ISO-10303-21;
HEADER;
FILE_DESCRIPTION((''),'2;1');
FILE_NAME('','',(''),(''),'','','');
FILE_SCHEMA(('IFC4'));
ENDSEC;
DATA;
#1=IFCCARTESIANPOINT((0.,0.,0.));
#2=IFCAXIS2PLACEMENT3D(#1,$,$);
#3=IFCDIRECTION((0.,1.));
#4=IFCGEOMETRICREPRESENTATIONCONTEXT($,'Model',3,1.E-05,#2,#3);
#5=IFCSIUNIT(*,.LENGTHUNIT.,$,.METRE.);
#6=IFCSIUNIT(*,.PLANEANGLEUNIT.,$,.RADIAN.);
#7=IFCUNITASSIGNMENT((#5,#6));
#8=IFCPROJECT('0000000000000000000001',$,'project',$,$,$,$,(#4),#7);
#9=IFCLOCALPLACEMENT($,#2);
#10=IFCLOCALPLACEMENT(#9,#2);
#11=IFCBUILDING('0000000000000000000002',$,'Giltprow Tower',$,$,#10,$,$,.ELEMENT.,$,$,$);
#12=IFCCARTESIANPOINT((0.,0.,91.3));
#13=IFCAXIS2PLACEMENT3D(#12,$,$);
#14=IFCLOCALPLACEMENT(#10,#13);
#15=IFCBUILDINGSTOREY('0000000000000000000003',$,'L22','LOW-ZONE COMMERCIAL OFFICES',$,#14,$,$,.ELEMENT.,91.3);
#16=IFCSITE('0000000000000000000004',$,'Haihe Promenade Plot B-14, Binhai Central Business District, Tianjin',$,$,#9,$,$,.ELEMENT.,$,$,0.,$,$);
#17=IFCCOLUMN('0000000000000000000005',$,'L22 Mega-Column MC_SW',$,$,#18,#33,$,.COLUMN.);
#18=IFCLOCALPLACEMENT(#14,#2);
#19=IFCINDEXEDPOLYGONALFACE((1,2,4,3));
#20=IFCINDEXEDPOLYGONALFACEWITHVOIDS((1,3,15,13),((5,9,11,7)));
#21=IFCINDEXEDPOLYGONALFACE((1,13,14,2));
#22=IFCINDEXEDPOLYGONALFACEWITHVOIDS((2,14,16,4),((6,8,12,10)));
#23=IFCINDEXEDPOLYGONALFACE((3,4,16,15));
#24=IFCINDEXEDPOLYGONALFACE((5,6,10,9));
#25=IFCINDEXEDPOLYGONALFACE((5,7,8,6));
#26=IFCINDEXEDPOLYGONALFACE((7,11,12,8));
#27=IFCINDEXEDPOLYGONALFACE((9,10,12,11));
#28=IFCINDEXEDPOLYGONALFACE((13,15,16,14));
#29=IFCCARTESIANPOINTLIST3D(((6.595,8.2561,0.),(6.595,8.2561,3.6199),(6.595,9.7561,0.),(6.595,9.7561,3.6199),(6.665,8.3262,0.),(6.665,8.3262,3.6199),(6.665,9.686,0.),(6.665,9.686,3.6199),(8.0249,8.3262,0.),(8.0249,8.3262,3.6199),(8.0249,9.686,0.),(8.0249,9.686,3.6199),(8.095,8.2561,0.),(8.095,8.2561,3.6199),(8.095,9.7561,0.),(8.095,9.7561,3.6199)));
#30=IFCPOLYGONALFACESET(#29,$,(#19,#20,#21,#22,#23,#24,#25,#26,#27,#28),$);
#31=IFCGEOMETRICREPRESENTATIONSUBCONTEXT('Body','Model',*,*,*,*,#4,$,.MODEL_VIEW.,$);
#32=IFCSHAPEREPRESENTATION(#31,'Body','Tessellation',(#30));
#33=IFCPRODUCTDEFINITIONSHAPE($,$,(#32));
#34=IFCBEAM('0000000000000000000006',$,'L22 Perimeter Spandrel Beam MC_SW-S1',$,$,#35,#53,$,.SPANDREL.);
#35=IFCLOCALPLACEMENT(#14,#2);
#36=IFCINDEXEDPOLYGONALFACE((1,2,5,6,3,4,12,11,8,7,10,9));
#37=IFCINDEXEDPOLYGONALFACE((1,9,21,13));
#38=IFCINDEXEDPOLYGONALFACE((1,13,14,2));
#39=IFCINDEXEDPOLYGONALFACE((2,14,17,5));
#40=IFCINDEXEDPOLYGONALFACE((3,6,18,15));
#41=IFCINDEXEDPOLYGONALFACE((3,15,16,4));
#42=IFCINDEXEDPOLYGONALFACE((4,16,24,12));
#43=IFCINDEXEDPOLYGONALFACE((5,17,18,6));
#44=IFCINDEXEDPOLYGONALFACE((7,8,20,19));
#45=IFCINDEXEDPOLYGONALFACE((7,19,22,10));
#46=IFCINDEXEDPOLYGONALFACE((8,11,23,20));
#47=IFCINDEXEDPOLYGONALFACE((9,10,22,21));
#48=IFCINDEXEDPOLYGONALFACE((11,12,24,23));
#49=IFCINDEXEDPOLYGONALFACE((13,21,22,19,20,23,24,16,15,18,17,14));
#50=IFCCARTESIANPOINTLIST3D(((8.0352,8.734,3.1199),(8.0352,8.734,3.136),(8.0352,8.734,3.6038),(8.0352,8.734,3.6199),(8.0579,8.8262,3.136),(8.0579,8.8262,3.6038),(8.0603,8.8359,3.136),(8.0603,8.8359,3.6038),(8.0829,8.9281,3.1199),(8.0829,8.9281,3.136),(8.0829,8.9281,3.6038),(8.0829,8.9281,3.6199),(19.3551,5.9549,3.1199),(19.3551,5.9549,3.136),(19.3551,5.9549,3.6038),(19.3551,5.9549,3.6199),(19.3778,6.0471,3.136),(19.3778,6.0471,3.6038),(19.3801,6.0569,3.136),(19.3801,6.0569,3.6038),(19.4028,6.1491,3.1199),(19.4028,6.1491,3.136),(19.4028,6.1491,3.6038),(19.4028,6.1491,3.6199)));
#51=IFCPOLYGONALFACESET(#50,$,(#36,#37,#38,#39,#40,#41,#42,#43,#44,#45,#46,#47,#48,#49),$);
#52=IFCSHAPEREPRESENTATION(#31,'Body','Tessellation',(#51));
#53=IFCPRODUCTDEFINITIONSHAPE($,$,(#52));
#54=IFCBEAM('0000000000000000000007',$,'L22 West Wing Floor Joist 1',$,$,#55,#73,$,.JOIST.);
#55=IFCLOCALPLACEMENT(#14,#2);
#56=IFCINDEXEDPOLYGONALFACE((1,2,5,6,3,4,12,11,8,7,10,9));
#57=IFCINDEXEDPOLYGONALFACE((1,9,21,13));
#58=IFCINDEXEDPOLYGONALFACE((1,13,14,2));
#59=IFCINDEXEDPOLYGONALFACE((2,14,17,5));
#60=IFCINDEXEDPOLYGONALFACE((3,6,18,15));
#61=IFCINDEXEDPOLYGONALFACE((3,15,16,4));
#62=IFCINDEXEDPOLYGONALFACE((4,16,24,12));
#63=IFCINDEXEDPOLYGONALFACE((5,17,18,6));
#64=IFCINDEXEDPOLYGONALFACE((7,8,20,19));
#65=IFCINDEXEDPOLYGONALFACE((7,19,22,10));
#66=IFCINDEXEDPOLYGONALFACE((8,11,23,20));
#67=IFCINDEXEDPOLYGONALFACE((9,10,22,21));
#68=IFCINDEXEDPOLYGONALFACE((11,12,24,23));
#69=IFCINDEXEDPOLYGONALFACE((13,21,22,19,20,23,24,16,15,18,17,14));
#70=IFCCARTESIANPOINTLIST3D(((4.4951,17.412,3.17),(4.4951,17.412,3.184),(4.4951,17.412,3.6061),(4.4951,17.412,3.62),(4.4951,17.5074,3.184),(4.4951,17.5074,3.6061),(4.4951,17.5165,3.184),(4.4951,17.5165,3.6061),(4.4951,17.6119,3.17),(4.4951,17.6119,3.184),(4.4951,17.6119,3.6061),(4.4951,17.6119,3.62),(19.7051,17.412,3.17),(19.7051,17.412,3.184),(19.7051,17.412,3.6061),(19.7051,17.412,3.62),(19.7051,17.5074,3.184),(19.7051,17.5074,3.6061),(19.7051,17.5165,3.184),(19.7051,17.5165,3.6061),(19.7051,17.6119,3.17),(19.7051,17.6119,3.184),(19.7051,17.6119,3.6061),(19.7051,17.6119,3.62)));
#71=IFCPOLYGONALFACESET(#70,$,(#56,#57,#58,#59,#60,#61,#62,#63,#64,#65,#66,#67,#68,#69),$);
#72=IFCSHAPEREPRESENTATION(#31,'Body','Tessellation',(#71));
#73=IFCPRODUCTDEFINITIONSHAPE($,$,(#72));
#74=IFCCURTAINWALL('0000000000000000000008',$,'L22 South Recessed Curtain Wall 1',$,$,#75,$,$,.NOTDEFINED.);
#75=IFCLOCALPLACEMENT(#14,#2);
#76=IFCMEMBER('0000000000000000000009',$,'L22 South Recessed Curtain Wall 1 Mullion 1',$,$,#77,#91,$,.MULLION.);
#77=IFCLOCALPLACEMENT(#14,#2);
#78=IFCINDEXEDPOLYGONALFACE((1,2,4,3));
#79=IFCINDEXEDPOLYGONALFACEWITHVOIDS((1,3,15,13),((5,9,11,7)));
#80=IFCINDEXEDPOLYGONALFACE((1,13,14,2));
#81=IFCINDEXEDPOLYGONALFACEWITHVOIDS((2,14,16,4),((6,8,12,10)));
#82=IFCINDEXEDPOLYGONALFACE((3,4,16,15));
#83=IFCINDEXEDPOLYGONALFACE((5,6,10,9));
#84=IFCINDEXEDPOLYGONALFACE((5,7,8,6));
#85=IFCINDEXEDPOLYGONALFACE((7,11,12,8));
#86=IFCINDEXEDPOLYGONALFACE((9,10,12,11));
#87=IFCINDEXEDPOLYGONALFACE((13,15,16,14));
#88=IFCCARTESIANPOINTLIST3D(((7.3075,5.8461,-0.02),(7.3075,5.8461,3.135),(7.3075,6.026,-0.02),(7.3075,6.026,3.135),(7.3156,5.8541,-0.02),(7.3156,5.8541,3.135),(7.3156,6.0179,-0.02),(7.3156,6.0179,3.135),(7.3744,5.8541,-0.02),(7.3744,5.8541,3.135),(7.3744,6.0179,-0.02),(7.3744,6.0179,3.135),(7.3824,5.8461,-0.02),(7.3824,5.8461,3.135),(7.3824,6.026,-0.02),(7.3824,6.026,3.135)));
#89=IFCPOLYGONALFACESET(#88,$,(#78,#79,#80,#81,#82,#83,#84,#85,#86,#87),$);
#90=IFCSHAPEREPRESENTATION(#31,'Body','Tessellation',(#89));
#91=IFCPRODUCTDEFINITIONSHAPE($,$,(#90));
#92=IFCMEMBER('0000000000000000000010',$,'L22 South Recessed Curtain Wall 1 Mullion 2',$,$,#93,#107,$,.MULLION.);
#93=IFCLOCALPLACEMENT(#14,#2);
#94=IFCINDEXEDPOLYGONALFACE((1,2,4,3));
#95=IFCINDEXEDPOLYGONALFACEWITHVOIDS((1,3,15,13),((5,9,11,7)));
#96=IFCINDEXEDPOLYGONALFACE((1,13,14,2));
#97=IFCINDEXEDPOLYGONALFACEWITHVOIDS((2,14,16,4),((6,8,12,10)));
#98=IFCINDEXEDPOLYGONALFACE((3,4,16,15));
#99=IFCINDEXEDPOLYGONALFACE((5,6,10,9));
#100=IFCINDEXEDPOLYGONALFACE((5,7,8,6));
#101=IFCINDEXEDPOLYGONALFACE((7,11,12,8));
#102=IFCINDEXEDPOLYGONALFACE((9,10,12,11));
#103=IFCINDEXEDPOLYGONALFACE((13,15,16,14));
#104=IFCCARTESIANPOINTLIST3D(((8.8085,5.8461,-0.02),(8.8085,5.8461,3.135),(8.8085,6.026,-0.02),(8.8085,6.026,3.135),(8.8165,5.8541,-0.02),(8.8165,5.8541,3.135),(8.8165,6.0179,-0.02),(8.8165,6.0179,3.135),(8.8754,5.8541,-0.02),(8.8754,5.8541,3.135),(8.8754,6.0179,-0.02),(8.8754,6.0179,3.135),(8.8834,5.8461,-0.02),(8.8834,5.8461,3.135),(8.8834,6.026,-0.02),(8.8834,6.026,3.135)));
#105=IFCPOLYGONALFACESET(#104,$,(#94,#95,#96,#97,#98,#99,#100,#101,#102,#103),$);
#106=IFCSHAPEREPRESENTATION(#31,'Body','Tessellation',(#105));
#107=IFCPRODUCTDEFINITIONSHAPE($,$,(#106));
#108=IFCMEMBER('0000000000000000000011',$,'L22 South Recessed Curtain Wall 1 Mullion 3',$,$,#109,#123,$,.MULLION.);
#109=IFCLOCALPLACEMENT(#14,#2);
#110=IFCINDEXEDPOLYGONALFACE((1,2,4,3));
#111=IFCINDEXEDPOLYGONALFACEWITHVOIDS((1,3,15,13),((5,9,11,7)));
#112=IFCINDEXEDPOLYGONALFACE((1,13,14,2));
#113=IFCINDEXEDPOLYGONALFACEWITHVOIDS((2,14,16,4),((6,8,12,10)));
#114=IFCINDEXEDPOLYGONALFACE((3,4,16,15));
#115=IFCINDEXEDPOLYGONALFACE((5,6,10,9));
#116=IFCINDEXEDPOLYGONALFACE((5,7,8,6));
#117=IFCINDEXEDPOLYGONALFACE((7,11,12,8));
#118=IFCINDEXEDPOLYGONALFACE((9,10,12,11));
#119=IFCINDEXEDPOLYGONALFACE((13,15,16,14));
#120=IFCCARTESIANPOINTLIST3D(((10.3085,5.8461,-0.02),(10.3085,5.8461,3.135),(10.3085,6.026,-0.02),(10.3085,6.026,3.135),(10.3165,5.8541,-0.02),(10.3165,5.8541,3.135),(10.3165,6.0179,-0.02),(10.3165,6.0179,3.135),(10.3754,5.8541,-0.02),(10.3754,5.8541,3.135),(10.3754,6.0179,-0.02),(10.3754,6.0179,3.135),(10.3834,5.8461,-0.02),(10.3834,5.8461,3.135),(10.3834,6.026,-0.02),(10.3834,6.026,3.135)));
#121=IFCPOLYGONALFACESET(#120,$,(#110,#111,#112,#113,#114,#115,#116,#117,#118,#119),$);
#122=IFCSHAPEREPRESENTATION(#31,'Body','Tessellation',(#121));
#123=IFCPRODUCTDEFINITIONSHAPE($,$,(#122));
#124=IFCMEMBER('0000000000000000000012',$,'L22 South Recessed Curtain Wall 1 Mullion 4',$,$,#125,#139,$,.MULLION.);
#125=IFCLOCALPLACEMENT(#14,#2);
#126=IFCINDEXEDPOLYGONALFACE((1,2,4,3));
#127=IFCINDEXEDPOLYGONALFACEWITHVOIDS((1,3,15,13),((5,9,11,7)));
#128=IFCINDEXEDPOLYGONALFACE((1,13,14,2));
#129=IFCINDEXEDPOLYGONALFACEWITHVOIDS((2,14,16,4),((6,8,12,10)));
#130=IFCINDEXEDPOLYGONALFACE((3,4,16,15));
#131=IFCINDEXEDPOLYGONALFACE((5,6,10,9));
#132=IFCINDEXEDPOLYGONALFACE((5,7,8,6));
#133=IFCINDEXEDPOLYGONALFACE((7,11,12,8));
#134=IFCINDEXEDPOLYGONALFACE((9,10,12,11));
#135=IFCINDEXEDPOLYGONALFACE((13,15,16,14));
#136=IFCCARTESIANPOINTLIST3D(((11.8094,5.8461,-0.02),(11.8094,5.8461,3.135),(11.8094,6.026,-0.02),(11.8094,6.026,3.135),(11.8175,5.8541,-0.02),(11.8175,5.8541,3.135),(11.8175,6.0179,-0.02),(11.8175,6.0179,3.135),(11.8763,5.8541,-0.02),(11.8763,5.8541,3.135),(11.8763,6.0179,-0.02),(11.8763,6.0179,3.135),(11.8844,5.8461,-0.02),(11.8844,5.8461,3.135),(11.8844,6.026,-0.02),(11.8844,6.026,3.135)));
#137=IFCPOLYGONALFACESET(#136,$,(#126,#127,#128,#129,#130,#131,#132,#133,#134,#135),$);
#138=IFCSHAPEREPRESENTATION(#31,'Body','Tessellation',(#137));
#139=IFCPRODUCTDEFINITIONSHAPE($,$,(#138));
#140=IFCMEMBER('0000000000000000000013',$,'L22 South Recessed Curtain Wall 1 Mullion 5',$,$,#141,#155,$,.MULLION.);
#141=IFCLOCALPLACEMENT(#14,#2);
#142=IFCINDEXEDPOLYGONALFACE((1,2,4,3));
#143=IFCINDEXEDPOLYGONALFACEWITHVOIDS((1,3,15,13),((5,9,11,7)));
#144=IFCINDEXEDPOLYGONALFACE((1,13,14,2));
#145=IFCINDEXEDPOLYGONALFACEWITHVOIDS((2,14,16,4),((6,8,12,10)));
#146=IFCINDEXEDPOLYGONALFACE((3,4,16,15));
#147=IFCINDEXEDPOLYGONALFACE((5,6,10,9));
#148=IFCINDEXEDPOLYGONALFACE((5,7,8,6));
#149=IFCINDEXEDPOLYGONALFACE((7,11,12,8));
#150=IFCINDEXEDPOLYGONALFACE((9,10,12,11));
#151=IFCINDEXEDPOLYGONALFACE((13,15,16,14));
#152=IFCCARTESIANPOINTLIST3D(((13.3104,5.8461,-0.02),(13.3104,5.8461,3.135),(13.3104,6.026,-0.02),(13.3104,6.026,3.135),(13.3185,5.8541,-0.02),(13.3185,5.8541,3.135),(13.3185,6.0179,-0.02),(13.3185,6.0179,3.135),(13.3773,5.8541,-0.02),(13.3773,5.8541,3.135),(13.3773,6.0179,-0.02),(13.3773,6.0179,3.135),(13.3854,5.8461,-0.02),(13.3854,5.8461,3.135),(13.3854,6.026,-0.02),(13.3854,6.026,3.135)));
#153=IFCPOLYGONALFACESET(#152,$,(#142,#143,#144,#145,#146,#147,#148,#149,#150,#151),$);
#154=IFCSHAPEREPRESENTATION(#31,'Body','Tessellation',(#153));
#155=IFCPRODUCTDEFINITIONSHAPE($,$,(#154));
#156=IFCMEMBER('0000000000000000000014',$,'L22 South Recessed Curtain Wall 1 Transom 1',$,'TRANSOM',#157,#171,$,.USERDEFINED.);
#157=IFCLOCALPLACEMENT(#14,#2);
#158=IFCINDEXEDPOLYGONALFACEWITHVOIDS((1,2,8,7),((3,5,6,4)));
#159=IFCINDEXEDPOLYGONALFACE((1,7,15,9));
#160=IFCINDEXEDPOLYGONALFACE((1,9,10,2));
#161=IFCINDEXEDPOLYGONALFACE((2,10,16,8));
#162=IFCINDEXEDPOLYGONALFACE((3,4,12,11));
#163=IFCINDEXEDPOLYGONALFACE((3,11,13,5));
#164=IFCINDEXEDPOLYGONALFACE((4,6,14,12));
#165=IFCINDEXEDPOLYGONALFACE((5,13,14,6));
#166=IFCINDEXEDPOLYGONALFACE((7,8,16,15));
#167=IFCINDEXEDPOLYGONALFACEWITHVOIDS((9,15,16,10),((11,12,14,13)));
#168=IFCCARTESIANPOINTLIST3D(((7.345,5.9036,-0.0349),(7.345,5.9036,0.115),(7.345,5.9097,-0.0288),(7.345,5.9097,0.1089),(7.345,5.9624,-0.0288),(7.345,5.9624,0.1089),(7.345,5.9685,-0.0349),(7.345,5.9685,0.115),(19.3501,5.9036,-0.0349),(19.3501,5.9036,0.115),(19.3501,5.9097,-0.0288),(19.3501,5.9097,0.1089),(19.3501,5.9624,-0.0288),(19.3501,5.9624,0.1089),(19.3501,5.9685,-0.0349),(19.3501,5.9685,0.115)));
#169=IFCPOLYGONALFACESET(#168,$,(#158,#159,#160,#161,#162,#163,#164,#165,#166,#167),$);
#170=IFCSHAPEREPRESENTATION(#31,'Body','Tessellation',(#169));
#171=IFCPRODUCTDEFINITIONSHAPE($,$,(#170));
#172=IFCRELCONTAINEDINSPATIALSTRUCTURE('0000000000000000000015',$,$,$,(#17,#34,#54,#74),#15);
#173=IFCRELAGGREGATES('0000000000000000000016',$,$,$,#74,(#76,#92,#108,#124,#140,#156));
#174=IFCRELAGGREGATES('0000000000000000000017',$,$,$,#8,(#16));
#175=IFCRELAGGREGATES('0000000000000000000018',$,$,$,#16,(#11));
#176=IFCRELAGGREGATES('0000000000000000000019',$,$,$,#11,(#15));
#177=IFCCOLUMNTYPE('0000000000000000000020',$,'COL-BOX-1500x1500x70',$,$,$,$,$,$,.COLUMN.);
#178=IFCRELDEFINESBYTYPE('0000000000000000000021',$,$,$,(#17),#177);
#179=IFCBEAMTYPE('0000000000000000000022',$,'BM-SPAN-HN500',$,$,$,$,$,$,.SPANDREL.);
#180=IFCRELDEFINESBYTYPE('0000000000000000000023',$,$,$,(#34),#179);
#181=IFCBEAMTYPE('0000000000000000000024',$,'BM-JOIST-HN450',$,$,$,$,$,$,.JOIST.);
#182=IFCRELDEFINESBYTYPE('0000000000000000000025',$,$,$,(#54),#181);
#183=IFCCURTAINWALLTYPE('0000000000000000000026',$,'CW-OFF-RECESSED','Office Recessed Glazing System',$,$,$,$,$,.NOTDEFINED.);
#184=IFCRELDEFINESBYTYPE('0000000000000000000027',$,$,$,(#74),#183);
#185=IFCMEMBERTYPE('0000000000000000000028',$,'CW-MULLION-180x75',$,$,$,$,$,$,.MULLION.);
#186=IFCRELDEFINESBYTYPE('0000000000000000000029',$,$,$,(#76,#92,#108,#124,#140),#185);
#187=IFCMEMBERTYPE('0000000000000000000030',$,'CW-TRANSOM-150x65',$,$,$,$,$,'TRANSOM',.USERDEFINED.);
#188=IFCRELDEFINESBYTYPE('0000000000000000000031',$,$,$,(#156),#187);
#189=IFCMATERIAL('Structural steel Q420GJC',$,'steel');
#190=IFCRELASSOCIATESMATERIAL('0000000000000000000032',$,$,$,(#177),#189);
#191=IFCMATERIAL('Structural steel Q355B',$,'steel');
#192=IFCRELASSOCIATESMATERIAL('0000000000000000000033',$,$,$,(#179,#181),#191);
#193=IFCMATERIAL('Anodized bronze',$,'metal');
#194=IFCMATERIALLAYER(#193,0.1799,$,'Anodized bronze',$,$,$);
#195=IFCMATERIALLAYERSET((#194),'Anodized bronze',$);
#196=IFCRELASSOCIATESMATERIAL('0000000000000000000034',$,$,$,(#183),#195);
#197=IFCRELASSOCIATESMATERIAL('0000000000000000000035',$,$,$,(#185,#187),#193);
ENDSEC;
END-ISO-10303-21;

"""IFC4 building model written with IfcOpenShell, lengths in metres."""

from ifc_helpers import new_model, si_unit, direction, frame, origin, origin_2d, place, context, subcontext, project, spatial, hollow_rectangle, i_section, extrude, source, transform, mapped, material, layer, layer_set, material_profile, profile_set, type_object, element, aggregate, save


model = new_model("IFC4")

# Units and contexts
model_context = context("Model", 3, precision=1e-05, world=origin(), true_north=direction((0.0, 1.0)))
body_context = subcontext(model_context, "Body", "Model", "MODEL_VIEW")
ifc_project = project(units=[si_unit("LENGTHUNIT", "METRE"), si_unit("PLANEANGLEUNIT", "RADIAN")], contexts=[model_context])

# Site, building, storey
site_placement = place(None, origin())
site = spatial("IfcSite", under=ifc_project, at=site_placement, Name="Haihe Promenade Plot B-14, Binhai Central Business District, Tianjin", CompositionType="ELEMENT", RefElevation=0.0)
building_placement = place(site_placement, origin())
building = spatial("IfcBuilding", under=site, at=building_placement, Name="Giltprow Tower", CompositionType="ELEMENT")
storey_placement = place(building_placement, frame((0.0, 0.0, 91.3)))
storey = spatial("IfcBuildingStorey", under=building, at=storey_placement, Name="L22", Description="LOW-ZONE COMMERCIAL OFFICES", CompositionType="ELEMENT", Elevation=91.3)

# Column
ifc_material_1 = material(Name="Structural steel Q420GJC", Category="steel")
ifc_material_profile_1 = material_profile(ifc_material_1, hollow_rectangle(XDim=1.5, YDim=1.5, WallThickness=0.0701, at=origin_2d()), Name="BOX 1500x1500x70")
ifc_profile_set_1 = profile_set([ifc_material_profile_1], Name="Structural steel Q420GJC")
column_type = type_object("IfcColumnType", Name="COL-BOX-1500x1500x70", PredefinedType="COLUMN", material=ifc_profile_set_1)
shared_shape_1 = source(origin(), body_context, "Body", "SweptSolid", [
    extrude(hollow_rectangle(XDim=1.5, YDim=1.5, WallThickness=0.0701, at=origin_2d()), origin(), (0.0, 0.0, 1.0), 3.6199),
])
column_placement = place(storey_placement, frame((7.345, 9.0061, 0.0), z_axis=(0.0, 0.0, 1.0), x_axis=(1.0, 0.0, 0.0)))
element("IfcColumn", 1, at=column_placement, inside=storey, type_object=column_type, Name="L22 Mega-Column MC_SW", PredefinedType="COLUMN", context=body_context, shape_type="MappedRepresentation", body=[
    mapped(shared_shape_1, transform((0.0, 0.0, 0.0), x_axis=(1.0, 0.0, 0.0), y_axis=(0.0, 1.0, 0.0), z_axis=(0.0, 0.0, 1.0), scale=1.0)),
])

# Beams
ifc_material_2 = material(Name="Structural steel Q355B", Category="steel")
ifc_material_profile_2 = material_profile(ifc_material_2, i_section(OverallWidth=0.2, OverallDepth=0.5, WebThickness=0.01, FlangeThickness=0.0161, at=origin_2d()), Name="HN 500x200x10x16")
ifc_profile_set_2 = profile_set([ifc_material_profile_2], Name="Structural steel Q355B")
beam_type_1 = type_object("IfcBeamType", Name="BM-SPAN-HN500", PredefinedType="SPANDREL", material=ifc_profile_set_2)
shared_shape_2 = source(origin(), body_context, "Body", "SweptSolid", [
    extrude(i_section(OverallWidth=0.2, OverallDepth=0.5, WebThickness=0.01, FlangeThickness=0.0161, at=origin_2d()), origin(), (0.0, 0.0, 1.0), 11.656),
])
beam_1_placement = place(storey_placement, frame((8.0591, 8.8311, 3.3699), z_axis=(0.971161, -0.238423, 0.0), x_axis=(0.238423, 0.971161, 0.0)))
element("IfcBeam", 2, at=beam_1_placement, inside=storey, type_object=beam_type_1, Name="L22 Perimeter Spandrel Beam MC_SW-S1", PredefinedType="SPANDREL", context=body_context, shape_type="MappedRepresentation", body=[
    mapped(shared_shape_2, transform((0.0, 0.0, 0.0), x_axis=(1.0, 0.0, 0.0), y_axis=(0.0, 1.0, 0.0), z_axis=(0.0, 0.0, 1.0), scale=1.0)),
])
ifc_material_profile_3 = material_profile(ifc_material_2, i_section(OverallWidth=0.2, OverallDepth=0.45, WebThickness=0.009, FlangeThickness=0.0139, at=origin_2d()), Name="HN 450x200x9x14")
ifc_profile_set_3 = profile_set([ifc_material_profile_3], Name="Structural steel Q355B")
beam_type_2 = type_object("IfcBeamType", Name="BM-JOIST-HN450", PredefinedType="JOIST", material=ifc_profile_set_3)
shared_shape_3 = source(origin(), body_context, "Body", "SweptSolid", [
    extrude(i_section(OverallWidth=0.2, OverallDepth=0.45, WebThickness=0.009, FlangeThickness=0.0139, at=origin_2d()), origin(), (0.0, 0.0, 1.0), 15.21),
])
beam_2_placement = place(storey_placement, frame((4.4951, 17.512, 3.395), z_axis=(1.0, 0.0, 0.0), x_axis=(0.0, 1.0, 0.0)))
element("IfcBeam", 3, at=beam_2_placement, inside=storey, type_object=beam_type_2, Name="L22 West Wing Floor Joist 1", PredefinedType="JOIST", context=body_context, shape_type="MappedRepresentation", body=[
    mapped(shared_shape_3, transform((0.0, 0.0, 0.0), x_axis=(1.0, 0.0, 0.0), y_axis=(0.0, 1.0, 0.0), z_axis=(0.0, 0.0, 1.0), scale=1.0)),
])

# Curtain wall, members
ifc_material_3 = material(Name="Anodized bronze", Category="metal")
ifc_layer_1 = layer(ifc_material_3, 0.1799, Name="Anodized bronze")
ifc_layer_set_1 = layer_set([ifc_layer_1], Name="Anodized bronze")
curtain_wall_type = type_object("IfcCurtainWallType", Name="CW-OFF-RECESSED", Description="Office Recessed Glazing System", PredefinedType="NOTDEFINED", material=ifc_layer_set_1)
curtain_wall_placement = place(storey_placement, origin())
curtain_wall = element("IfcCurtainWall", 4, at=curtain_wall_placement, inside=storey, type_object=curtain_wall_type, Name="L22 South Recessed Curtain Wall 1", PredefinedType="NOTDEFINED")
ifc_material_profile_4 = material_profile(ifc_material_3, hollow_rectangle(XDim=0.075, YDim=0.1799, WallThickness=0.0081, at=origin_2d()), Name="RHS 180x75x8")
ifc_profile_set_4 = profile_set([ifc_material_profile_4], Name="Anodized bronze")
member_type_1 = type_object("IfcMemberType", Name="CW-MULLION-180x75", PredefinedType="MULLION", material=ifc_profile_set_4)
shared_shape_4 = source(origin(), body_context, "Body", "SweptSolid", [
    extrude(hollow_rectangle(XDim=0.075, YDim=0.1799, WallThickness=0.0081, at=origin_2d()), origin(), (0.0, 0.0, 1.0), 3.155),
])
member_1_placement = place(storey_placement, frame((7.345, 5.936, -0.02), z_axis=(0.0, 0.0, 1.0), x_axis=(1.0, 0.0, 0.0)))
member_1 = element("IfcMember", 5, at=member_1_placement, type_object=member_type_1, Name="L22 South Recessed Curtain Wall 1 Mullion 1", PredefinedType="MULLION", context=body_context, shape_type="MappedRepresentation", body=[
    mapped(shared_shape_4, transform((0.0, 0.0, 0.0), x_axis=(1.0, 0.0, 0.0), y_axis=(0.0, 1.0, 0.0), z_axis=(0.0, 0.0, 1.0), scale=1.0)),
])
member_2_placement = place(storey_placement, frame((8.8459, 5.936, -0.02), z_axis=(0.0, 0.0, 1.0), x_axis=(1.0, 0.0, 0.0)))
member_2 = element("IfcMember", 6, at=member_2_placement, type_object=member_type_1, Name="L22 South Recessed Curtain Wall 1 Mullion 2", PredefinedType="MULLION", context=body_context, shape_type="MappedRepresentation", body=[
    mapped(shared_shape_4, transform((0.0, 0.0, 0.0), x_axis=(1.0, 0.0, 0.0), y_axis=(0.0, 1.0, 0.0), z_axis=(0.0, 0.0, 1.0), scale=1.0)),
])
member_3_placement = place(storey_placement, frame((10.3459, 5.936, -0.02), z_axis=(0.0, 0.0, 1.0), x_axis=(1.0, 0.0, 0.0)))
member_3 = element("IfcMember", 7, at=member_3_placement, type_object=member_type_1, Name="L22 South Recessed Curtain Wall 1 Mullion 3", PredefinedType="MULLION", context=body_context, shape_type="MappedRepresentation", body=[
    mapped(shared_shape_4, transform((0.0, 0.0, 0.0), x_axis=(1.0, 0.0, 0.0), y_axis=(0.0, 1.0, 0.0), z_axis=(0.0, 0.0, 1.0), scale=1.0)),
])
member_4_placement = place(storey_placement, frame((11.8469, 5.936, -0.02), z_axis=(0.0, 0.0, 1.0), x_axis=(1.0, 0.0, 0.0)))
member_4 = element("IfcMember", 8, at=member_4_placement, type_object=member_type_1, Name="L22 South Recessed Curtain Wall 1 Mullion 4", PredefinedType="MULLION", context=body_context, shape_type="MappedRepresentation", body=[
    mapped(shared_shape_4, transform((0.0, 0.0, 0.0), x_axis=(1.0, 0.0, 0.0), y_axis=(0.0, 1.0, 0.0), z_axis=(0.0, 0.0, 1.0), scale=1.0)),
])
member_5_placement = place(storey_placement, frame((13.3479, 5.936, -0.02), z_axis=(0.0, 0.0, 1.0), x_axis=(1.0, 0.0, 0.0)))
member_5 = element("IfcMember", 9, at=member_5_placement, type_object=member_type_1, Name="L22 South Recessed Curtain Wall 1 Mullion 5", PredefinedType="MULLION", context=body_context, shape_type="MappedRepresentation", body=[
    mapped(shared_shape_4, transform((0.0, 0.0, 0.0), x_axis=(1.0, 0.0, 0.0), y_axis=(0.0, 1.0, 0.0), z_axis=(0.0, 0.0, 1.0), scale=1.0)),
])
ifc_material_profile_5 = material_profile(ifc_material_3, hollow_rectangle(XDim=0.0649, YDim=0.1499, WallThickness=0.0061, at=origin_2d()), Name="RHS 150x65x6")
ifc_profile_set_5 = profile_set([ifc_material_profile_5], Name="Anodized bronze")
member_type_2 = type_object("IfcMemberType", Name="CW-TRANSOM-150x65", ElementType="TRANSOM", PredefinedType="USERDEFINED", material=ifc_profile_set_5)
shared_shape_5 = source(origin(), body_context, "Body", "SweptSolid", [
    extrude(hollow_rectangle(XDim=0.0649, YDim=0.1499, WallThickness=0.0061, at=origin_2d()), origin(), (0.0, 0.0, 1.0), 12.0051),
])
member_6_placement = place(storey_placement, frame((7.345, 5.936, 0.04), z_axis=(1.0, 0.0, 0.0), x_axis=(0.0, 1.0, 0.0)))
member_6 = element("IfcMember", 10, at=member_6_placement, type_object=member_type_2, Name="L22 South Recessed Curtain Wall 1 Transom 1", ObjectType="TRANSOM", PredefinedType="USERDEFINED", context=body_context, shape_type="MappedRepresentation", body=[
    mapped(shared_shape_5, transform((0.0, 0.0, 0.0), x_axis=(1.0, 0.0, 0.0), y_axis=(0.0, 1.0, 0.0), z_axis=(0.0, 0.0, 1.0), scale=1.0)),
])

aggregate(curtain_wall, [member_1, member_2, member_3, member_4, member_5, member_6])

save(model, "model.ifc")
